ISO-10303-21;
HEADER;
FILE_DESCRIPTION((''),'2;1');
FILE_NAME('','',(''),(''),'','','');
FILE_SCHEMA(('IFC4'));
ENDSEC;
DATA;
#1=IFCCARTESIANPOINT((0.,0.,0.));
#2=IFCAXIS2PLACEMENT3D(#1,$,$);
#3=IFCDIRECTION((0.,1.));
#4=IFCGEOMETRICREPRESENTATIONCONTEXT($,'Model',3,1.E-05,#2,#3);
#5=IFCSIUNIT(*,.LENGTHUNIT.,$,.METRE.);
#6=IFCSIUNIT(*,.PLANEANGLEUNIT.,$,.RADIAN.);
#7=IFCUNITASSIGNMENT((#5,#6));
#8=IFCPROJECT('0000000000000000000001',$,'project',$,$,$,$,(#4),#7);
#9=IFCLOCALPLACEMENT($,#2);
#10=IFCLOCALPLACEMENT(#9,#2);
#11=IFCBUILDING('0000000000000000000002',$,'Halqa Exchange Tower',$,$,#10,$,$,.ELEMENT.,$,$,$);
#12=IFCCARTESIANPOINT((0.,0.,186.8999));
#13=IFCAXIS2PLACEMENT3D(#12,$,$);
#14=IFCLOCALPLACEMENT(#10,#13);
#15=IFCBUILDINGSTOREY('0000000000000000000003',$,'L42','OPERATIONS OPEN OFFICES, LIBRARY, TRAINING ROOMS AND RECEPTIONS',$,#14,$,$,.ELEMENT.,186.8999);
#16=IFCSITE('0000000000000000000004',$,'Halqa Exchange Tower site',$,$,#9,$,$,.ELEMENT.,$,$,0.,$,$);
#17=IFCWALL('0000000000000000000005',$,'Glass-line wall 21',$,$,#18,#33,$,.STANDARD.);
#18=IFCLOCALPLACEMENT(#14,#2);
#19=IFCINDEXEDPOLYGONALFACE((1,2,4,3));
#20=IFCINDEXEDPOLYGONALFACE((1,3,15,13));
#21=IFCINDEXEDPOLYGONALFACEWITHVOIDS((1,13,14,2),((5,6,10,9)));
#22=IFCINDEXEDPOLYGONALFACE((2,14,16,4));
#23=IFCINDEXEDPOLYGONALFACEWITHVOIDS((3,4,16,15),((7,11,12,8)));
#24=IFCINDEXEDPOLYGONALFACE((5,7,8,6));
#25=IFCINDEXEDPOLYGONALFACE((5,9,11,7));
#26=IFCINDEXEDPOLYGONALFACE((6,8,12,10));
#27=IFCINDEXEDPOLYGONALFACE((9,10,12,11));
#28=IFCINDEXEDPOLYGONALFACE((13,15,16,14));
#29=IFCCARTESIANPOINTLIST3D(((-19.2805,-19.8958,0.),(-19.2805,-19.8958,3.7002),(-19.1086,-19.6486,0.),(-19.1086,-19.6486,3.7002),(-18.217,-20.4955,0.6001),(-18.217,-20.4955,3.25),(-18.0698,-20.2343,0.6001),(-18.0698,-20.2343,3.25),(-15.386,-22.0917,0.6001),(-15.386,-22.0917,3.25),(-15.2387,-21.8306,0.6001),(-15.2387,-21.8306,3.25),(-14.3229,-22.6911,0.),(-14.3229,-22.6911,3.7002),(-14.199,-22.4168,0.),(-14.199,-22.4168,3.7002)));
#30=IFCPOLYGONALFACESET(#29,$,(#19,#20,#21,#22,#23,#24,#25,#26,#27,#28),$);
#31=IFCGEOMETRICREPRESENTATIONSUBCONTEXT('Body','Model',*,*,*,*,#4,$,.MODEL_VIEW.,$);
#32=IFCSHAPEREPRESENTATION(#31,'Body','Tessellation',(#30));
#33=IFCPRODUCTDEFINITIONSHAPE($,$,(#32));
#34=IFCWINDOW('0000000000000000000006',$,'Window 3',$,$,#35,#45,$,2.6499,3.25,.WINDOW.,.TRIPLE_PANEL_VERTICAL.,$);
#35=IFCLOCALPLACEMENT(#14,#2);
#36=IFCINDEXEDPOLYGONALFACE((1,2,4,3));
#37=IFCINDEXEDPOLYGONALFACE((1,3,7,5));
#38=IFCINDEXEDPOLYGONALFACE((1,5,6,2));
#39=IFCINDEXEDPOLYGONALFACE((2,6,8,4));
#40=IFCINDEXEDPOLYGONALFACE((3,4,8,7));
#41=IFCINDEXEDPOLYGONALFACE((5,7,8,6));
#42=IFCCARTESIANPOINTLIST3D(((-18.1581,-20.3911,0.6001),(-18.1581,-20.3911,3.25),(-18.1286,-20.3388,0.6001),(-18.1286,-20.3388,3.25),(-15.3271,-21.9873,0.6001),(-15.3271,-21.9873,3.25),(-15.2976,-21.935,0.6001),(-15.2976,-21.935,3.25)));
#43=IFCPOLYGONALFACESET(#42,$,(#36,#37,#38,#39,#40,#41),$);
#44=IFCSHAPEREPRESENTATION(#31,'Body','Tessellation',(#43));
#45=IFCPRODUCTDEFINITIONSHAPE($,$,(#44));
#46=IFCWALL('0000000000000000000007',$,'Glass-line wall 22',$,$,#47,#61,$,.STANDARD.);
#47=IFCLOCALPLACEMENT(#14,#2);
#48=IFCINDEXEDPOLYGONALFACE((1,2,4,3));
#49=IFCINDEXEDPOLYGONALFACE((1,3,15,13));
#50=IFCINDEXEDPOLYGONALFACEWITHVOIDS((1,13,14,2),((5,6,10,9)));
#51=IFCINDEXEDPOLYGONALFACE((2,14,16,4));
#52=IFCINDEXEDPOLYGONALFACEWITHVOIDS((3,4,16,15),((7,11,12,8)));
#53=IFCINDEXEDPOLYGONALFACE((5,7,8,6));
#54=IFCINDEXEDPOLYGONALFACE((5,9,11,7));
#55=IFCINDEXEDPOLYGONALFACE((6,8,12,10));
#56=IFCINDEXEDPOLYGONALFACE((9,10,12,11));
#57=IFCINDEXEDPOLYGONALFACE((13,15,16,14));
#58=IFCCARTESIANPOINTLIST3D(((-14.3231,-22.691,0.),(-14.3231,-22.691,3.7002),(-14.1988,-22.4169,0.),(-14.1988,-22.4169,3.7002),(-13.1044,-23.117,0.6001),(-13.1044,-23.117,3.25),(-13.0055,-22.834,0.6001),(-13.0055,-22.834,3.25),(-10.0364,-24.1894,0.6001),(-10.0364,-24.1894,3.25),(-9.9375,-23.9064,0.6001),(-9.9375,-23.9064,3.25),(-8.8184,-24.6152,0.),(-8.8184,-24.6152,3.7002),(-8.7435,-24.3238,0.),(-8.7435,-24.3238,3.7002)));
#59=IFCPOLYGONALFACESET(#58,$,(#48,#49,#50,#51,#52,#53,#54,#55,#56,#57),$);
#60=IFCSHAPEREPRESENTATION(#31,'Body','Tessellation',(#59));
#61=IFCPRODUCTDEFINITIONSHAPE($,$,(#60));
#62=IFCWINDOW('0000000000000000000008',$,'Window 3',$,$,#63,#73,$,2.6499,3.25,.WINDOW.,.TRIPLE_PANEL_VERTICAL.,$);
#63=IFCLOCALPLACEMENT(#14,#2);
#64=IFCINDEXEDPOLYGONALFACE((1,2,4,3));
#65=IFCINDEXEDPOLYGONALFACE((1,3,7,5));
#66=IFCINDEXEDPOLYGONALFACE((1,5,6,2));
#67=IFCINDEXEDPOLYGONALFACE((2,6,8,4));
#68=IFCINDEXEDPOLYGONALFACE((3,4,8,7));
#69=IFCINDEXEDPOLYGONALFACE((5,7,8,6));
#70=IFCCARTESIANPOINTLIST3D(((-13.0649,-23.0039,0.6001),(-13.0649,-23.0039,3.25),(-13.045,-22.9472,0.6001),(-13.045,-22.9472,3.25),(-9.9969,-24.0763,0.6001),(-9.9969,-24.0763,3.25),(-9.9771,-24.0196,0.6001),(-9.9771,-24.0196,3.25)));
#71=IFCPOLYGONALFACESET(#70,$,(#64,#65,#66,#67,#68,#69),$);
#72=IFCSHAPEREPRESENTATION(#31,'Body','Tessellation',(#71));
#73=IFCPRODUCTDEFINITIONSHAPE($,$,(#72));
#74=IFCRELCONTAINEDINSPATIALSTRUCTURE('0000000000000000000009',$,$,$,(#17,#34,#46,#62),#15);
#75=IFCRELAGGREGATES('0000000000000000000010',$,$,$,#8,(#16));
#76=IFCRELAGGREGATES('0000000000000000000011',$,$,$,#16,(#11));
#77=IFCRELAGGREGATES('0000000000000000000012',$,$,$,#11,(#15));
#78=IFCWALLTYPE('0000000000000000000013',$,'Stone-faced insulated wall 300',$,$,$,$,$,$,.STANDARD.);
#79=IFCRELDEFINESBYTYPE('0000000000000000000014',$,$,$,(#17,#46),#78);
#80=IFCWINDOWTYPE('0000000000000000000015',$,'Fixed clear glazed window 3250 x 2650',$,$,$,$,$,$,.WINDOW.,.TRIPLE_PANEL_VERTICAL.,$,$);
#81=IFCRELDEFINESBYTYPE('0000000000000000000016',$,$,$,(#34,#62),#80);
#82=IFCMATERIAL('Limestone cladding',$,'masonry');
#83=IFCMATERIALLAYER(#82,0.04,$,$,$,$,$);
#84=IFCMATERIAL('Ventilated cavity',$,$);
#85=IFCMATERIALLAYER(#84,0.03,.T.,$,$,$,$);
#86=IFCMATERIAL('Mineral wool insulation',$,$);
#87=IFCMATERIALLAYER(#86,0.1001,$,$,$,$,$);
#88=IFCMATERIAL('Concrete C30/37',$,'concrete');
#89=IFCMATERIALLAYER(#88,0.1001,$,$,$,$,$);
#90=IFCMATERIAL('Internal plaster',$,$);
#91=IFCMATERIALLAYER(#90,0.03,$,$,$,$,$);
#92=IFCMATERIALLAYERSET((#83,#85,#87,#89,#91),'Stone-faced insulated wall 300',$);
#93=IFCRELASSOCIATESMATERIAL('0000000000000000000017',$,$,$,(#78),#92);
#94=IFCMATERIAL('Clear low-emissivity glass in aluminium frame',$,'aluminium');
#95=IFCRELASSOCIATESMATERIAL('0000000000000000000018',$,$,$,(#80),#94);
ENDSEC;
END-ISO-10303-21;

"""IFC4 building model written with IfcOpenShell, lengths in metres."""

from ifc_helpers import new_model, si_unit, direction, frame, frame_2d, origin, place, context, subcontext, project, spatial, polyline, rectangle, outline, extrude, material, layer, layer_set, type_object, element, fill, save


model = new_model("IFC4")

# Units and contexts
model_context = context("Model", 3, precision=1e-05, world=origin(), true_north=direction((0.0, 1.0)))
body_context = subcontext(model_context, "Body", "Model", "MODEL_VIEW")
ifc_project = project(units=[si_unit("LENGTHUNIT", "METRE"), si_unit("PLANEANGLEUNIT", "RADIAN")], contexts=[model_context])

# Site, building, storey
site_placement = place(None, origin())
site = spatial("IfcSite", under=ifc_project, at=site_placement, Name="Halqa Exchange Tower site", CompositionType="ELEMENT", RefElevation=0.0)
building_placement = place(site_placement, origin())
building = spatial("IfcBuilding", under=site, at=building_placement, Name="Halqa Exchange Tower", CompositionType="ELEMENT")
storey_placement = place(building_placement, frame((0.0, 0.0, 186.8999)))
storey = spatial("IfcBuildingStorey", under=building, at=storey_placement, Name="L42", Description="OPERATIONS OPEN OFFICES, LIBRARY, TRAINING ROOMS AND RECEPTIONS", CompositionType="ELEMENT", Elevation=186.8999)

# Shared definitions
ifc_material_1 = material(Name="Limestone cladding", Category="masonry")
ifc_layer_1 = layer(ifc_material_1, 0.04)
ifc_material_2 = material(Name="Ventilated cavity")
ifc_layer_2 = layer(ifc_material_2, 0.03, ventilated=True)
ifc_material_3 = material(Name="Mineral wool insulation")
ifc_layer_3 = layer(ifc_material_3, 0.1001)
ifc_material_4 = material(Name="Concrete C30/37", Category="concrete")
ifc_layer_4 = layer(ifc_material_4, 0.1001)
ifc_material_5 = material(Name="Internal plaster")
ifc_layer_5 = layer(ifc_material_5, 0.03)
ifc_layer_set_1 = layer_set([ifc_layer_1, ifc_layer_2, ifc_layer_3, ifc_layer_4, ifc_layer_5], Name="Stone-faced insulated wall 300")
wall_type_1 = type_object("IfcWallType", Name="Stone-faced insulated wall 300", PredefinedType="STANDARD", material=ifc_layer_set_1)
ifc_material_6 = material(Name="Clear low-emissivity glass in aluminium frame", Category="aluminium")

# Walls, openings, windows
wall_1_placement = place(storey_placement, frame((-19.1946, -19.7722, 0.0), z_axis=(0.0, 0.0, 1.0), x_axis=(0.871078, -0.491145, 0.0)))
wall_1 = element("IfcWall", 1, at=wall_1_placement, inside=storey, type_object=wall_type_1, Name="Glass-line wall 21", PredefinedType="STANDARD", context=body_context, shape_type="SweptSolid", body=[
    extrude(outline(polyline([(-0.0142, -0.1499), (5.6772, -0.1499), (5.6504, 0.1499), (0.0142, 0.1499), (-0.0142, -0.1499)])), origin(), (0.0, 0.0, 1.0), 3.7002),
])
opening_1_placement = place(wall_1_placement, frame((1.2068, 0.0, 0.6001)))
opening_1 = element("IfcOpeningElement", 2, at=opening_1_placement, cuts=wall_1, PredefinedType="OPENING", context=body_context, shape_type="SweptSolid", body=[
    extrude(rectangle(XDim=3.25, YDim=2.6499, at=frame_2d((1.625, 1.325))), frame((0.0, 0.1621, 0.0), z_axis=(0.0, -1.0, 0.0), x_axis=(1.0, 0.0, 0.0)), (0.0, 0.0, 1.0), 0.324),
])
window_type = type_object("IfcWindowType", Name="Fixed clear glazed window 3250 x 2650", PartitioningType="TRIPLE_PANEL_VERTICAL", PredefinedType="WINDOW", material=ifc_material_6)
window_1_placement = place(opening_1_placement, origin())
window_1 = element("IfcWindow", 3, at=window_1_placement, inside=storey, type_object=window_type, Name="Window 3", OverallHeight=2.6499, OverallWidth=3.25, PartitioningType="TRIPLE_PANEL_VERTICAL", PredefinedType="WINDOW", context=body_context, shape_type="SweptSolid", body=[
    extrude(rectangle(XDim=3.25, YDim=2.6499, at=frame_2d((1.625, 1.325))), frame((0.0, 0.03, 0.0), z_axis=(0.0, -1.0, 0.0), x_axis=(1.0, 0.0, 0.0)), (0.0, 0.0, 1.0), 0.0601),
])
fill(opening_1, window_1)
wall_2_placement = place(storey_placement, frame((-14.261, -22.554, 0.0), z_axis=(0.0, 0.0, 1.0), x_axis=(0.943991, -0.329972, 0.0)))
wall_2 = element("IfcWall", 4, at=wall_2_placement, inside=storey, type_object=wall_type_1, Name="Glass-line wall 22", PredefinedType="STANDARD", context=body_context, shape_type="SweptSolid", body=[
    extrude(outline(polyline([(-0.0134, -0.1499), (5.8179, -0.1499), (5.7925, 0.1499), (0.0134, 0.1499), (-0.0134, -0.1499)])), origin(), (0.0, 0.0, 1.0), 3.7002),
])
opening_2_placement = place(wall_2_placement, frame((1.2776, 0.0, 0.6001)))
opening_2 = element("IfcOpeningElement", 5, at=opening_2_placement, cuts=wall_2, PredefinedType="OPENING", context=body_context, shape_type="SweptSolid", body=[
    extrude(rectangle(XDim=3.25, YDim=2.6499, at=frame_2d((1.625, 1.325))), frame((0.0, 0.1621, 0.0), z_axis=(0.0, -1.0, 0.0), x_axis=(1.0, 0.0, 0.0)), (0.0, 0.0, 1.0), 0.324),
])
window_2_placement = place(opening_2_placement, origin())
window_2 = element("IfcWindow", 6, at=window_2_placement, inside=storey, type_object=window_type, Name="Window 3", OverallHeight=2.6499, OverallWidth=3.25, PartitioningType="TRIPLE_PANEL_VERTICAL", PredefinedType="WINDOW", context=body_context, shape_type="SweptSolid", body=[
    extrude(rectangle(XDim=3.25, YDim=2.6499, at=frame_2d((1.625, 1.325))), frame((0.0, 0.03, 0.0), z_axis=(0.0, -1.0, 0.0), x_axis=(1.0, 0.0, 0.0)), (0.0, 0.0, 1.0), 0.0601),
])
fill(opening_2, window_2)

save(model, "model.ifc")
